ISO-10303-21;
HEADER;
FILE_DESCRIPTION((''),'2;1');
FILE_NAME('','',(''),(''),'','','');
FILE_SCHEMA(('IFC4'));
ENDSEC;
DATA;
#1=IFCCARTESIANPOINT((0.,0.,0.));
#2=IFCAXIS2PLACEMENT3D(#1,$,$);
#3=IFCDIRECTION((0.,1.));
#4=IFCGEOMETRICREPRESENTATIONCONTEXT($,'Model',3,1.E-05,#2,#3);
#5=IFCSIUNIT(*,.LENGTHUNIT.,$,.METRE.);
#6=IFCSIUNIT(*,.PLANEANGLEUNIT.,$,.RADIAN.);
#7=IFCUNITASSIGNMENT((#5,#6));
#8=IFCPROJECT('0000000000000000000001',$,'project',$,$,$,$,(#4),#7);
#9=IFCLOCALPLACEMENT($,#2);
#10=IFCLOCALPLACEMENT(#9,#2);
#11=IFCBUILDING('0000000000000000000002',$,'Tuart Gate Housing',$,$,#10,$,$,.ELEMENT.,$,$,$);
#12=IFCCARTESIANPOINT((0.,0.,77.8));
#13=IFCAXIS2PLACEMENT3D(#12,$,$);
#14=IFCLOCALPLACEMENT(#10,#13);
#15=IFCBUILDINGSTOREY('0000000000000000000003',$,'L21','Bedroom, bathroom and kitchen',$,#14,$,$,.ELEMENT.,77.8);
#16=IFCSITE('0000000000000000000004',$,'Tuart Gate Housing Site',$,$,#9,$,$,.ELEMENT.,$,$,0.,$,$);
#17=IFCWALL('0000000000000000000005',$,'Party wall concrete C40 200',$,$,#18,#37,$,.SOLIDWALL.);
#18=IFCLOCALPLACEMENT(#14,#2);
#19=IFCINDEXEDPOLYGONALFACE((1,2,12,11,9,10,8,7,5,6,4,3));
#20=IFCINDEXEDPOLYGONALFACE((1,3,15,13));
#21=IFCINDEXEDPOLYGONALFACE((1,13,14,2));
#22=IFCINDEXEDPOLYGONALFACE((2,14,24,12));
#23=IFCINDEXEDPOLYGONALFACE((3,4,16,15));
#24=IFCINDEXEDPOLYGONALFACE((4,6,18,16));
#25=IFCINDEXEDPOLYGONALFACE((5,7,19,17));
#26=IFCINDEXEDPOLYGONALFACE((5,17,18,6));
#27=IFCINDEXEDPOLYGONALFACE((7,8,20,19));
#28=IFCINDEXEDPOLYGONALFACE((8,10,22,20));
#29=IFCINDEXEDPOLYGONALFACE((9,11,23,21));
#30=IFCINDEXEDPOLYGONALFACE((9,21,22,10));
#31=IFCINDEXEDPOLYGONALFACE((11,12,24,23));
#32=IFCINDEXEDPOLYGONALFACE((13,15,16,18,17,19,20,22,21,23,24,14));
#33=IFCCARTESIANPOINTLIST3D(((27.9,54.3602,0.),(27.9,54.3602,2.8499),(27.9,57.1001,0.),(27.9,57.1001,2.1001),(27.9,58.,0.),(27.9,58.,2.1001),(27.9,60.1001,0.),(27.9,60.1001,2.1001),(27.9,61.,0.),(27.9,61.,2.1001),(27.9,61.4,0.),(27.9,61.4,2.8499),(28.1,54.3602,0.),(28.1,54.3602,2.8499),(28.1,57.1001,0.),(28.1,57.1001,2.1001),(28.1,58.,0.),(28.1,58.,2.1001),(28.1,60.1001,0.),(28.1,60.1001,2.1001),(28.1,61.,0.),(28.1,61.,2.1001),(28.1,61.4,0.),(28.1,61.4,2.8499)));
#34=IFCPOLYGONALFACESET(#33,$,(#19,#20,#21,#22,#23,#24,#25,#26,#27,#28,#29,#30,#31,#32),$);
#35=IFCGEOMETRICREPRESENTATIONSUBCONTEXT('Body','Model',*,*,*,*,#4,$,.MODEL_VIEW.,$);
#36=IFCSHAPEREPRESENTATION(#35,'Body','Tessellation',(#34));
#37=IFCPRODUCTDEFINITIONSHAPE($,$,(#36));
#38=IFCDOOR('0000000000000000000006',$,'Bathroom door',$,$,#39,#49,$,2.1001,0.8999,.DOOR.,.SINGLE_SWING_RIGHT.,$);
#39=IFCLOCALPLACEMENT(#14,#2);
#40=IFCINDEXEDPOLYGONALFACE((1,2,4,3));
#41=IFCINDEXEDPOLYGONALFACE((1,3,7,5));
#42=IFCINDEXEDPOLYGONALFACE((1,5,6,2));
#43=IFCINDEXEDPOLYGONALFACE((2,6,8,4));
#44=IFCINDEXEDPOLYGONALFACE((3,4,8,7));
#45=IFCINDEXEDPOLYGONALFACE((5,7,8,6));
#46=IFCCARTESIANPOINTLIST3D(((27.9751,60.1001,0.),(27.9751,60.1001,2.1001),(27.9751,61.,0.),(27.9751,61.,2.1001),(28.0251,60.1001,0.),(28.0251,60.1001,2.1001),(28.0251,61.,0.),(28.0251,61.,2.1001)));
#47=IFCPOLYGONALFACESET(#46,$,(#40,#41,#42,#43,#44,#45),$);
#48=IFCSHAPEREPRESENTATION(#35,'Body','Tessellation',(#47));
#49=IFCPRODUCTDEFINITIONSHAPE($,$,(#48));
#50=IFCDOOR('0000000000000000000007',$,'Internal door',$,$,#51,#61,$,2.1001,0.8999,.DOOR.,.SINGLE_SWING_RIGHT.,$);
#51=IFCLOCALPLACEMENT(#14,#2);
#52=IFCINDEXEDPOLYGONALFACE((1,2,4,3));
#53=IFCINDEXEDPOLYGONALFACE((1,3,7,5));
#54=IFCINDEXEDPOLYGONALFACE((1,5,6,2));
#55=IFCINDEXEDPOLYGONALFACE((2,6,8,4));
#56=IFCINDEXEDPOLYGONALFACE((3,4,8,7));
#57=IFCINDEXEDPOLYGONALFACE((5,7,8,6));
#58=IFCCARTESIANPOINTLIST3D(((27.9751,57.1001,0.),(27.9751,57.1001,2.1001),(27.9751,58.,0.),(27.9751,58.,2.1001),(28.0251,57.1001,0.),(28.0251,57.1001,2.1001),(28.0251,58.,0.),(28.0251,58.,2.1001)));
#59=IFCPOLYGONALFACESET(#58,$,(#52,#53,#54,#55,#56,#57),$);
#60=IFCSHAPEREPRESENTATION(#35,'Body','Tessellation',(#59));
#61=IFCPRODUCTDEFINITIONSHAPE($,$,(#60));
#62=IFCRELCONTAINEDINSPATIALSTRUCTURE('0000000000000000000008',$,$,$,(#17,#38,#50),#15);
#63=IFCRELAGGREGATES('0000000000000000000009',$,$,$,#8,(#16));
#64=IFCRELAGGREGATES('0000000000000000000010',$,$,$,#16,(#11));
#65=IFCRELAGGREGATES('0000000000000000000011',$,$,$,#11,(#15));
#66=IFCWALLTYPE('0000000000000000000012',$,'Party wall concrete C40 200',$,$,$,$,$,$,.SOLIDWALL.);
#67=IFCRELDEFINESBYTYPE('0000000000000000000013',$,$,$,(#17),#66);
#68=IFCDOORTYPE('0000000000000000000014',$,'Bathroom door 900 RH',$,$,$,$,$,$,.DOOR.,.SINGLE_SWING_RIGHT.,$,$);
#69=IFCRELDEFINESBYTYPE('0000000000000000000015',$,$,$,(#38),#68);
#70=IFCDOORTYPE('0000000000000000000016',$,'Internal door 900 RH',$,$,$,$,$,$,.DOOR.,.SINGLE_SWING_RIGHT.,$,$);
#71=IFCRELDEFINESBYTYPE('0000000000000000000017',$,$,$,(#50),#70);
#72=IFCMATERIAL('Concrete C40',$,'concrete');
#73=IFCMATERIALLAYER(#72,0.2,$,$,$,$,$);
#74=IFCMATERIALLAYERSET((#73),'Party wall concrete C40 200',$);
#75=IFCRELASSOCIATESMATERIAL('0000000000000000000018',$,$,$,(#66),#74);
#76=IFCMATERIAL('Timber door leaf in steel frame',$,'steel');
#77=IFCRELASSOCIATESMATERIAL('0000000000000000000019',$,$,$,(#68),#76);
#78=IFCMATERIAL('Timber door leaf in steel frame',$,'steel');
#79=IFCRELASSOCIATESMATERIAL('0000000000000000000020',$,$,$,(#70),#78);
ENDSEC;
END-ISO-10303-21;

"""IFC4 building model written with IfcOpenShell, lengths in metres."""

from ifc_helpers import new_model, si_unit, direction, frame, frame_2d, origin, place, context, subcontext, project, spatial, rectangle, extrude, material, layer, layer_set, type_object, element, fill, save


model = new_model("IFC4")

# Units and contexts
model_context = context("Model", 3, precision=1e-05, world=origin(), true_north=direction((0.0, 1.0)))
body_context = subcontext(model_context, "Body", "Model", "MODEL_VIEW")
ifc_project = project(units=[si_unit("LENGTHUNIT", "METRE"), si_unit("PLANEANGLEUNIT", "RADIAN")], contexts=[model_context])

# Site, building, storey
site_placement = place(None, origin())
site = spatial("IfcSite", under=ifc_project, at=site_placement, Name="Tuart Gate Housing Site", CompositionType="ELEMENT", RefElevation=0.0)
building_placement = place(site_placement, origin())
building = spatial("IfcBuilding", under=site, at=building_placement, Name="Tuart Gate Housing", CompositionType="ELEMENT")
storey_placement = place(building_placement, frame((0.0, 0.0, 77.8)))
storey = spatial("IfcBuildingStorey", under=building, at=storey_placement, Name="L21", Description="Bedroom, bathroom and kitchen", CompositionType="ELEMENT", Elevation=77.8)

# Wall, openings, doors
ifc_material_1 = material(Name="Concrete C40", Category="concrete")
ifc_layer = layer(ifc_material_1, 0.2)
ifc_layer_set = layer_set([ifc_layer], Name="Party wall concrete C40 200")
wall_type = type_object("IfcWallType", Name="Party wall concrete C40 200", PredefinedType="SOLIDWALL", material=ifc_layer_set)
wall_placement = place(storey_placement, frame((28.0, 54.3601, 0.0), z_axis=(0.0, 0.0, 1.0), x_axis=(0.0, 1.0, 0.0)))
wall = element("IfcWall", 1, at=wall_placement, inside=storey, type_object=wall_type, Name="Party wall concrete C40 200", PredefinedType="SOLIDWALL", context=body_context, shape_type="SweptSolid", body=[
    extrude(rectangle(XDim=7.0398, YDim=0.2, at=frame_2d((3.52, 0.0))), origin(), (0.0, 0.0, 1.0), 2.8499),
])
opening_1_placement = place(wall_placement, frame((2.74, 0.0, 0.0)))
opening_1 = element("IfcOpeningElement", 2, at=opening_1_placement, cuts=wall, PredefinedType="OPENING", context=body_context, shape_type="SweptSolid", body=[
    extrude(rectangle(XDim=0.8999, YDim=2.1001, at=frame_2d((0.45, 1.05))), frame((0.0, 0.1099, 0.0), z_axis=(0.0, -1.0, 0.0), x_axis=(1.0, 0.0, 0.0)), (0.0, 0.0, 1.0), 0.22),
])
opening_2_placement = place(wall_placement, frame((5.74, 0.0, 0.0)))
opening_2 = element("IfcOpeningElement", 3, at=opening_2_placement, cuts=wall, PredefinedType="OPENING", context=body_context, shape_type="SweptSolid", body=[
    extrude(rectangle(XDim=0.8999, YDim=2.1001, at=frame_2d((0.45, 1.05))), frame((0.0, 0.1099, 0.0), z_axis=(0.0, -1.0, 0.0), x_axis=(1.0, 0.0, 0.0)), (0.0, 0.0, 1.0), 0.22),
])
ifc_material_2 = material(Name="Timber door leaf in steel frame", Category="steel")
door_type_1 = type_object("IfcDoorType", Name="Bathroom door 900 RH", OperationType="SINGLE_SWING_RIGHT", PredefinedType="DOOR", material=ifc_material_2)
door_1_placement = place(opening_2_placement, origin())
door_1 = element("IfcDoor", 4, at=door_1_placement, inside=storey, type_object=door_type_1, Name="Bathroom door", OperationType="SINGLE_SWING_RIGHT", OverallHeight=2.1001, OverallWidth=0.8999, PredefinedType="DOOR", context=body_context, shape_type="SweptSolid", body=[
    extrude(rectangle(XDim=0.8999, YDim=2.1001, at=frame_2d((0.45, 1.05))), frame((0.0, 0.0249, 0.0), z_axis=(0.0, -1.0, 0.0), x_axis=(1.0, 0.0, 0.0)), (0.0, 0.0, 1.0), 0.05),
])
fill(opening_2, door_1)
ifc_material_3 = material(Name="Timber door leaf in steel frame", Category="steel")
door_type_2 = type_object("IfcDoorType", Name="Internal door 900 RH", OperationType="SINGLE_SWING_RIGHT", PredefinedType="DOOR", material=ifc_material_3)
door_2_placement = place(opening_1_placement, origin())
door_2 = element("IfcDoor", 5, at=door_2_placement, inside=storey, type_object=door_type_2, Name="Internal door", OperationType="SINGLE_SWING_RIGHT", OverallHeight=2.1001, OverallWidth=0.8999, PredefinedType="DOOR", context=body_context, shape_type="SweptSolid", body=[
    extrude(rectangle(XDim=0.8999, YDim=2.1001, at=frame_2d((0.45, 1.05))), frame((0.0, 0.0249, 0.0), z_axis=(0.0, -1.0, 0.0), x_axis=(1.0, 0.0, 0.0)), (0.0, 0.0, 1.0), 0.05),
])
fill(opening_1, door_2)

save(model, "model.ifc")
